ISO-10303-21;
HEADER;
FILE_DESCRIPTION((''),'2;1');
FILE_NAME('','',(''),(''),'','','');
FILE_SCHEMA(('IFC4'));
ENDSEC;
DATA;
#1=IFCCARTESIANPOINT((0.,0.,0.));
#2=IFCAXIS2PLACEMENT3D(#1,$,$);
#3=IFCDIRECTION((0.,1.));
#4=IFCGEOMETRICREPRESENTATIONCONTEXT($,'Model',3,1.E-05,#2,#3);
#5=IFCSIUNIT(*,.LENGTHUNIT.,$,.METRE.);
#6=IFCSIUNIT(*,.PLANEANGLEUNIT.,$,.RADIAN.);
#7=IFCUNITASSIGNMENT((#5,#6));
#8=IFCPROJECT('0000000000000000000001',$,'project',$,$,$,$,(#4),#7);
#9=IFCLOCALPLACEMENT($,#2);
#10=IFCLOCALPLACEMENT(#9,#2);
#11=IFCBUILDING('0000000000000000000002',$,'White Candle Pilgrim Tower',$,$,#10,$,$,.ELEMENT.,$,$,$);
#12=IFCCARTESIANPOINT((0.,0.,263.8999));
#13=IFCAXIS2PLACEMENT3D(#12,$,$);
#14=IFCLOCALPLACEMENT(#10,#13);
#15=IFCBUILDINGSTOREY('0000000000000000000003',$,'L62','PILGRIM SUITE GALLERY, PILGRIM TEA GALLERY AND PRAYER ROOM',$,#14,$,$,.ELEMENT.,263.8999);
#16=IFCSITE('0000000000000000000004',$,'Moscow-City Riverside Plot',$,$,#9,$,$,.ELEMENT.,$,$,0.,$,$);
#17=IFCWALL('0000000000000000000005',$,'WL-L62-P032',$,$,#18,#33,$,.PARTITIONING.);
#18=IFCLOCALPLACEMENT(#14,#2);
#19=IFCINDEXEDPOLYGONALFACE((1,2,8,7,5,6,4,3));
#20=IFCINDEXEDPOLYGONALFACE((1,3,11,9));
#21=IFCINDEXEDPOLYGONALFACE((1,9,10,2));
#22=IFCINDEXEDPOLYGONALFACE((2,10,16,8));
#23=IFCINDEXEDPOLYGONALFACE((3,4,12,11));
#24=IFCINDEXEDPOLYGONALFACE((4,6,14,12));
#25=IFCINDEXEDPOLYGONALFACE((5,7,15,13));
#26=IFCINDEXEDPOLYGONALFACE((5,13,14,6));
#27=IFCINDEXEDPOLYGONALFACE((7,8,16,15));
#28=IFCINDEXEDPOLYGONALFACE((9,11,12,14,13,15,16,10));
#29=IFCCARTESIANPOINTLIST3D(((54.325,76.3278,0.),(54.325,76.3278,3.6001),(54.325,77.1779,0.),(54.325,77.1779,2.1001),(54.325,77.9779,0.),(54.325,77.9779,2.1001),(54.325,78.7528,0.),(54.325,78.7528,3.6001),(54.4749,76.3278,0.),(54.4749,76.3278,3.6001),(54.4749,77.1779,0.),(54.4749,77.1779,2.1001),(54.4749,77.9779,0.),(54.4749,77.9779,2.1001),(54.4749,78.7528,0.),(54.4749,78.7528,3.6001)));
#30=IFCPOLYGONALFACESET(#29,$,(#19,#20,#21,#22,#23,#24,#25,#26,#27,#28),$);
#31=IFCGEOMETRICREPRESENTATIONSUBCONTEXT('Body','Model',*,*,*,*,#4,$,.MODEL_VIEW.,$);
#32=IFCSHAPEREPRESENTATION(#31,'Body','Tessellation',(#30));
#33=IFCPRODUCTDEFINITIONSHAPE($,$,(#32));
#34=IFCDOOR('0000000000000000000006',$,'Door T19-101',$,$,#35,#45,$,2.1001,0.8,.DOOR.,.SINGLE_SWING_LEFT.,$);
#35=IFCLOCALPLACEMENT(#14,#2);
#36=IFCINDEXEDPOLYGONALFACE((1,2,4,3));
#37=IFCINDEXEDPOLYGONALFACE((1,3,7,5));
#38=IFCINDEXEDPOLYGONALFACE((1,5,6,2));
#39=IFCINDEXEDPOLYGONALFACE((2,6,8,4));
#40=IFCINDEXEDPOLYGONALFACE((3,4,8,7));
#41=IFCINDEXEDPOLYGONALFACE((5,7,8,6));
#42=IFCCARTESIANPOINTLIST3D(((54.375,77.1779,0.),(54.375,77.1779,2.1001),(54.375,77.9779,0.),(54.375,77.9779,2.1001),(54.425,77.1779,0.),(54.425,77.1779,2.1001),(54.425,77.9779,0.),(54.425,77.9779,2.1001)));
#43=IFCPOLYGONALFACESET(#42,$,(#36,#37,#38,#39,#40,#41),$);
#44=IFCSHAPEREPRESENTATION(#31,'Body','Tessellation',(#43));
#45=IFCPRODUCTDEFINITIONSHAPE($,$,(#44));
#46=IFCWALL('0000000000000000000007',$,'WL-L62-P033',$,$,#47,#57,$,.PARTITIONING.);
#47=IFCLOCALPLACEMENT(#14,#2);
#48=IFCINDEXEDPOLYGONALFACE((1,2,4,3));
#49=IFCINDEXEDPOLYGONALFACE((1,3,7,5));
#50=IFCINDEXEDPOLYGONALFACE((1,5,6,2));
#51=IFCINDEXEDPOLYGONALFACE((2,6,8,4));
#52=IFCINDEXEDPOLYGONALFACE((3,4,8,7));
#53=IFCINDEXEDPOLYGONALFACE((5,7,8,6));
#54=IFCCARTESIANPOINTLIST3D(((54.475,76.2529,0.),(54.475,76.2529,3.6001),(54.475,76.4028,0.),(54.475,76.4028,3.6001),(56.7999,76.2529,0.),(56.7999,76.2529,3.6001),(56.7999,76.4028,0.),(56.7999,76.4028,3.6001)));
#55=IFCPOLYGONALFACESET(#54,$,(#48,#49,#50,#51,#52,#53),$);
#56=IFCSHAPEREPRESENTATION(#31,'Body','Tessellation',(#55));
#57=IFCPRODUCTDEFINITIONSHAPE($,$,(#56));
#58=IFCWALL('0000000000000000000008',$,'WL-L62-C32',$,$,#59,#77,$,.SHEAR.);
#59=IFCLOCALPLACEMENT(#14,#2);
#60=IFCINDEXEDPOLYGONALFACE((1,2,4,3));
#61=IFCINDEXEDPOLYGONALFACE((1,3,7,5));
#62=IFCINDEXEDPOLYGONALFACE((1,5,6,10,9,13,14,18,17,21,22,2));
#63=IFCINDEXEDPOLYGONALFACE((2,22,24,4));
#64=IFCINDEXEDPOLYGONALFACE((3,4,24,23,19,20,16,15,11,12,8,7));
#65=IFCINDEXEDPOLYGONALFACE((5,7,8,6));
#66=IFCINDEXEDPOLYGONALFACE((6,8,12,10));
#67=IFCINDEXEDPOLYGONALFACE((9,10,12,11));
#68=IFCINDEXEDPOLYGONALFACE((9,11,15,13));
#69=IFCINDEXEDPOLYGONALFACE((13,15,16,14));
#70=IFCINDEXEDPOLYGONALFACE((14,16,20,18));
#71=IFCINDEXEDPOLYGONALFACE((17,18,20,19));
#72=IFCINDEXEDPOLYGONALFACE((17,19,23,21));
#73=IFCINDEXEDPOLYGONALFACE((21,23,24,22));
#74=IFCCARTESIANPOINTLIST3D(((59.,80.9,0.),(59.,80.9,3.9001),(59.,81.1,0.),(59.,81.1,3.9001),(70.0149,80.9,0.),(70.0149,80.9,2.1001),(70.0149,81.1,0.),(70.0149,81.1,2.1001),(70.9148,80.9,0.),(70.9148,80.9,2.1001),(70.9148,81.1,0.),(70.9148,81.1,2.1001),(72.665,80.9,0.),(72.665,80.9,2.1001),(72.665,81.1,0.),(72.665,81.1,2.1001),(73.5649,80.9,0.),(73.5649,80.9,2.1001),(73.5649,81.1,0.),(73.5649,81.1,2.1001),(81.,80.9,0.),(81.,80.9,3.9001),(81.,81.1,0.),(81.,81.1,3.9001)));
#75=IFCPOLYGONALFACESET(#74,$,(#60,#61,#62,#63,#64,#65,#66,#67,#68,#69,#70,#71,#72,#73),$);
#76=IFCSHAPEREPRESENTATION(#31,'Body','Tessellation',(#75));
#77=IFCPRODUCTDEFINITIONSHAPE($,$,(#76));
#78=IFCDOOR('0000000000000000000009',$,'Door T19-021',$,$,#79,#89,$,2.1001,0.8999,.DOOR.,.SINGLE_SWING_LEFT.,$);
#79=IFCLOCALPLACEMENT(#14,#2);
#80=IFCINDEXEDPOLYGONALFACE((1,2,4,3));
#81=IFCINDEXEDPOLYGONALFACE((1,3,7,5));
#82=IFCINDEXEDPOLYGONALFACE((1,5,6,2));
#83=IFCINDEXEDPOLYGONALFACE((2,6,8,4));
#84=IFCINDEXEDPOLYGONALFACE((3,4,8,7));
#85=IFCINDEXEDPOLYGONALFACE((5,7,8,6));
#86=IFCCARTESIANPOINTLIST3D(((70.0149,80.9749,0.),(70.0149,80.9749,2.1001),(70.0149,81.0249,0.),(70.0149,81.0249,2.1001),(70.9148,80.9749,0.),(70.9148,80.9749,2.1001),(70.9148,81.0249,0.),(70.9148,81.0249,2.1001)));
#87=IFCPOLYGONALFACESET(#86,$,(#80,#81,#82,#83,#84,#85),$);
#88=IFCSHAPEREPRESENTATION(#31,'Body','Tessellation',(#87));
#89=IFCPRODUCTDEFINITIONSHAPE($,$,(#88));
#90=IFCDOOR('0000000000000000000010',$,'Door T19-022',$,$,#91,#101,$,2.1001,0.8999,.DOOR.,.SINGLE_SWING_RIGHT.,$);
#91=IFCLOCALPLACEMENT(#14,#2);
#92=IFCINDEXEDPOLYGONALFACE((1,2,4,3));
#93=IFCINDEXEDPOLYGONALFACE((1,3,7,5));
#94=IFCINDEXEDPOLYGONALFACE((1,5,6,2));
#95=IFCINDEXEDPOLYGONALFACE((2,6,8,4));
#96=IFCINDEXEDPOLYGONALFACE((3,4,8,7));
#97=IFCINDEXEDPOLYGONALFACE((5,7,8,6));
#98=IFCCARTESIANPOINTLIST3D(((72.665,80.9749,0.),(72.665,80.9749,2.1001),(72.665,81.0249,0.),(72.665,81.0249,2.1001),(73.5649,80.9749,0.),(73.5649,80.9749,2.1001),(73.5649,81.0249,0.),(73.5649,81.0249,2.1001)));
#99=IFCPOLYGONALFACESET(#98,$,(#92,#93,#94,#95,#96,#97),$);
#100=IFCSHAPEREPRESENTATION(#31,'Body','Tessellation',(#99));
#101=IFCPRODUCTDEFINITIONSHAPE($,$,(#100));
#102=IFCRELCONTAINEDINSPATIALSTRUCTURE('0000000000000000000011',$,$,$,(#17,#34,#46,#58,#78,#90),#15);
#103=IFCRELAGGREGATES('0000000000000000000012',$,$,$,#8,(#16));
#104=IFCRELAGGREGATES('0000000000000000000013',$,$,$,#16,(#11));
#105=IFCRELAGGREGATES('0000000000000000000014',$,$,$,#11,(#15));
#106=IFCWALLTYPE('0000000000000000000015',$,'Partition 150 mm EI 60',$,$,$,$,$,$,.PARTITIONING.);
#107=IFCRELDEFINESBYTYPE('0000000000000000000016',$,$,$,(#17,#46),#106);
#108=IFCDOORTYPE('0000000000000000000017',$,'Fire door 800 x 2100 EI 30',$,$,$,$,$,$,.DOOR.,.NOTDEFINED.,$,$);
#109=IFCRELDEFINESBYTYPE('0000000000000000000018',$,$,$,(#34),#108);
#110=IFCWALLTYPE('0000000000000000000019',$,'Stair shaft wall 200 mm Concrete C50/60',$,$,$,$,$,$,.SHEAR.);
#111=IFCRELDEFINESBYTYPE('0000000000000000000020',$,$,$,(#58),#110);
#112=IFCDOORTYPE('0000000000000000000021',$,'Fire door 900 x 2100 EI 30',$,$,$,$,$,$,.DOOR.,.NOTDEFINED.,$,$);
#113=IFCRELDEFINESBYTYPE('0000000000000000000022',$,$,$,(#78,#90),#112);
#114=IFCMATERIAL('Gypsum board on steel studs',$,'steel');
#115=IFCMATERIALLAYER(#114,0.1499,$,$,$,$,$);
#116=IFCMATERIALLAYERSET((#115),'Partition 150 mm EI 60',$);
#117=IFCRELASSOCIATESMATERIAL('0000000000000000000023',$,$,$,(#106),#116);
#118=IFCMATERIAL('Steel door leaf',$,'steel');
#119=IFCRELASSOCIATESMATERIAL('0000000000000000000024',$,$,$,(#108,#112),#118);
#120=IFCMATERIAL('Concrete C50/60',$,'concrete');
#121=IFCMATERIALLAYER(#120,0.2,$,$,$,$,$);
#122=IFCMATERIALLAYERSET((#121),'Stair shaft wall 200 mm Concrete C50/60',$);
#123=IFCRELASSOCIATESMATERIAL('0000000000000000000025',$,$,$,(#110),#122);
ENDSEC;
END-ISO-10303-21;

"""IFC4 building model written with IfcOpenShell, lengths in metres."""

from ifc_helpers import new_model, si_unit, direction, frame, frame_2d, origin, place, context, subcontext, project, spatial, rectangle, extrude, material, layer, layer_set, type_object, element, fill, save


model = new_model("IFC4")

# Units and contexts
model_context = context("Model", 3, precision=1e-05, world=origin(), true_north=direction((0.0, 1.0)))
body_context = subcontext(model_context, "Body", "Model", "MODEL_VIEW")
ifc_project = project(units=[si_unit("LENGTHUNIT", "METRE"), si_unit("PLANEANGLEUNIT", "RADIAN")], contexts=[model_context])

# Site, building, storey
site_placement = place(None, origin())
site = spatial("IfcSite", under=ifc_project, at=site_placement, Name="Moscow-City Riverside Plot", CompositionType="ELEMENT", RefElevation=0.0)
building_placement = place(site_placement, origin())
building = spatial("IfcBuilding", under=site, at=building_placement, Name="White Candle Pilgrim Tower", CompositionType="ELEMENT")
storey_placement = place(building_placement, frame((0.0, 0.0, 263.8999)))
storey = spatial("IfcBuildingStorey", under=building, at=storey_placement, Name="L62", Description="PILGRIM SUITE GALLERY, PILGRIM TEA GALLERY AND PRAYER ROOM", CompositionType="ELEMENT", Elevation=263.8999)

# Shared definitions
ifc_material_1 = material(Name="Concrete C50/60", Category="concrete")

# Shared definitions
ifc_material_2 = material(Name="Gypsum board on steel studs", Category="steel")
ifc_layer_1 = layer(ifc_material_2, 0.1499)
ifc_layer_set_1 = layer_set([ifc_layer_1], Name="Partition 150 mm EI 60")
wall_type_1 = type_object("IfcWallType", Name="Partition 150 mm EI 60", PredefinedType="PARTITIONING", material=ifc_layer_set_1)

# Wall, opening, door
wall_1_placement = place(storey_placement, frame((54.3999, 76.3279, 0.0), z_axis=(0.0, 0.0, 1.0), x_axis=(0.0, 1.0, 0.0)))
wall_1 = element("IfcWall", 1, at=wall_1_placement, inside=storey, type_object=wall_type_1, Name="WL-L62-P032", PredefinedType="PARTITIONING", context=body_context, shape_type="SweptSolid", body=[
    extrude(rectangle(XDim=2.425, YDim=0.1499, at=frame_2d((1.2124, 0.0))), origin(), (0.0, 0.0, 1.0), 3.6001),
])
opening_1_placement = place(wall_1_placement, frame((0.8501, 0.0, 0.0)))
opening_1 = element("IfcOpeningElement", 2, at=opening_1_placement, cuts=wall_1, PredefinedType="OPENING", context=body_context, shape_type="SweptSolid", body=[
    extrude(rectangle(XDim=0.8, YDim=2.1001, at=frame_2d((0.3999, 1.05))), frame((0.0, 0.085, 0.0), z_axis=(0.0, -1.0, 0.0), x_axis=(1.0, 0.0, 0.0)), (0.0, 0.0, 1.0), 0.1699),
])
ifc_material_3 = material(Name="Steel door leaf", Category="steel")
door_type_1 = type_object("IfcDoorType", Name="Fire door 800 x 2100 EI 30", OperationType="NOTDEFINED", PredefinedType="DOOR", material=ifc_material_3)
door_1_placement = place(opening_1_placement, origin())
door_1 = element("IfcDoor", 3, at=door_1_placement, inside=storey, type_object=door_type_1, Name="Door T19-101", OperationType="SINGLE_SWING_LEFT", OverallHeight=2.1001, OverallWidth=0.8, PredefinedType="DOOR", context=body_context, shape_type="SweptSolid", body=[
    extrude(rectangle(XDim=0.8, YDim=2.1001, at=frame_2d((0.3999, 1.05))), frame((0.0, 0.0249, 0.0), z_axis=(0.0, -1.0, 0.0), x_axis=(1.0, 0.0, 0.0)), (0.0, 0.0, 1.0), 0.05),
])
fill(opening_1, door_1)

# Wall
wall_2_placement = place(storey_placement, frame((56.8, 76.3279, 0.0), z_axis=(0.0, 0.0, 1.0), x_axis=(-1.0, 0.0, 0.0)))
element("IfcWall", 4, at=wall_2_placement, inside=storey, type_object=wall_type_1, Name="WL-L62-P033", PredefinedType="PARTITIONING", context=body_context, shape_type="SweptSolid", body=[
    extrude(rectangle(XDim=2.325, YDim=0.1499, at=frame_2d((1.1626, 0.0))), origin(), (0.0, 0.0, 1.0), 3.6001),
])

# Wall, openings, doors
ifc_layer_2 = layer(ifc_material_1, 0.2)
ifc_layer_set_2 = layer_set([ifc_layer_2], Name="Stair shaft wall 200 mm Concrete C50/60")
wall_type_2 = type_object("IfcWallType", Name="Stair shaft wall 200 mm Concrete C50/60", PredefinedType="SHEAR", material=ifc_layer_set_2)
wall_3_placement = place(storey_placement, frame((59.0, 81.0, 0.0), z_axis=(0.0, 0.0, 1.0), x_axis=(1.0, 0.0, 0.0)))
wall_3 = element("IfcWall", 5, at=wall_3_placement, inside=storey, type_object=wall_type_2, Name="WL-L62-C32", PredefinedType="SHEAR", context=body_context, shape_type="SweptSolid", body=[
    extrude(rectangle(XDim=22.0, YDim=0.2, at=frame_2d((11.0, 0.0))), origin(), (0.0, 0.0, 1.0), 3.9001),
])
opening_2_placement = place(wall_3_placement, frame((11.0149, 0.0, 0.0)))
opening_2 = element("IfcOpeningElement", 6, at=opening_2_placement, cuts=wall_3, PredefinedType="OPENING", context=body_context, shape_type="SweptSolid", body=[
    extrude(rectangle(XDim=0.8999, YDim=2.1001, at=frame_2d((0.45, 1.05))), frame((0.0, 0.1099, 0.0), z_axis=(0.0, -1.0, 0.0), x_axis=(1.0, 0.0, 0.0)), (0.0, 0.0, 1.0), 0.22),
])
opening_3_placement = place(wall_3_placement, frame((13.665, 0.0, 0.0)))
opening_3 = element("IfcOpeningElement", 7, at=opening_3_placement, cuts=wall_3, PredefinedType="OPENING", context=body_context, shape_type="SweptSolid", body=[
    extrude(rectangle(XDim=0.8999, YDim=2.1001, at=frame_2d((0.45, 1.05))), frame((0.0, 0.1099, 0.0), z_axis=(0.0, -1.0, 0.0), x_axis=(1.0, 0.0, 0.0)), (0.0, 0.0, 1.0), 0.22),
])
door_type_2 = type_object("IfcDoorType", Name="Fire door 900 x 2100 EI 30", OperationType="NOTDEFINED", PredefinedType="DOOR", material=ifc_material_3)
door_2_placement = place(opening_2_placement, origin())
door_2 = element("IfcDoor", 8, at=door_2_placement, inside=storey, type_object=door_type_2, Name="Door T19-021", OperationType="SINGLE_SWING_LEFT", OverallHeight=2.1001, OverallWidth=0.8999, PredefinedType="DOOR", context=body_context, shape_type="SweptSolid", body=[
    extrude(rectangle(XDim=0.8999, YDim=2.1001, at=frame_2d((0.45, 1.05))), frame((0.0, 0.0249, 0.0), z_axis=(0.0, -1.0, 0.0), x_axis=(1.0, 0.0, 0.0)), (0.0, 0.0, 1.0), 0.05),
])
fill(opening_2, door_2)
door_3_placement = place(opening_3_placement, origin())
door_3 = element("IfcDoor", 9, at=door_3_placement, inside=storey, type_object=door_type_2, Name="Door T19-022", OperationType="SINGLE_SWING_RIGHT", OverallHeight=2.1001, OverallWidth=0.8999, PredefinedType="DOOR", context=body_context, shape_type="SweptSolid", body=[
    extrude(rectangle(XDim=0.8999, YDim=2.1001, at=frame_2d((0.45, 1.05))), frame((0.0, 0.0249, 0.0), z_axis=(0.0, -1.0, 0.0), x_axis=(1.0, 0.0, 0.0)), (0.0, 0.0, 1.0), 0.05),
])
fill(opening_3, door_3)

save(model, "model.ifc")
